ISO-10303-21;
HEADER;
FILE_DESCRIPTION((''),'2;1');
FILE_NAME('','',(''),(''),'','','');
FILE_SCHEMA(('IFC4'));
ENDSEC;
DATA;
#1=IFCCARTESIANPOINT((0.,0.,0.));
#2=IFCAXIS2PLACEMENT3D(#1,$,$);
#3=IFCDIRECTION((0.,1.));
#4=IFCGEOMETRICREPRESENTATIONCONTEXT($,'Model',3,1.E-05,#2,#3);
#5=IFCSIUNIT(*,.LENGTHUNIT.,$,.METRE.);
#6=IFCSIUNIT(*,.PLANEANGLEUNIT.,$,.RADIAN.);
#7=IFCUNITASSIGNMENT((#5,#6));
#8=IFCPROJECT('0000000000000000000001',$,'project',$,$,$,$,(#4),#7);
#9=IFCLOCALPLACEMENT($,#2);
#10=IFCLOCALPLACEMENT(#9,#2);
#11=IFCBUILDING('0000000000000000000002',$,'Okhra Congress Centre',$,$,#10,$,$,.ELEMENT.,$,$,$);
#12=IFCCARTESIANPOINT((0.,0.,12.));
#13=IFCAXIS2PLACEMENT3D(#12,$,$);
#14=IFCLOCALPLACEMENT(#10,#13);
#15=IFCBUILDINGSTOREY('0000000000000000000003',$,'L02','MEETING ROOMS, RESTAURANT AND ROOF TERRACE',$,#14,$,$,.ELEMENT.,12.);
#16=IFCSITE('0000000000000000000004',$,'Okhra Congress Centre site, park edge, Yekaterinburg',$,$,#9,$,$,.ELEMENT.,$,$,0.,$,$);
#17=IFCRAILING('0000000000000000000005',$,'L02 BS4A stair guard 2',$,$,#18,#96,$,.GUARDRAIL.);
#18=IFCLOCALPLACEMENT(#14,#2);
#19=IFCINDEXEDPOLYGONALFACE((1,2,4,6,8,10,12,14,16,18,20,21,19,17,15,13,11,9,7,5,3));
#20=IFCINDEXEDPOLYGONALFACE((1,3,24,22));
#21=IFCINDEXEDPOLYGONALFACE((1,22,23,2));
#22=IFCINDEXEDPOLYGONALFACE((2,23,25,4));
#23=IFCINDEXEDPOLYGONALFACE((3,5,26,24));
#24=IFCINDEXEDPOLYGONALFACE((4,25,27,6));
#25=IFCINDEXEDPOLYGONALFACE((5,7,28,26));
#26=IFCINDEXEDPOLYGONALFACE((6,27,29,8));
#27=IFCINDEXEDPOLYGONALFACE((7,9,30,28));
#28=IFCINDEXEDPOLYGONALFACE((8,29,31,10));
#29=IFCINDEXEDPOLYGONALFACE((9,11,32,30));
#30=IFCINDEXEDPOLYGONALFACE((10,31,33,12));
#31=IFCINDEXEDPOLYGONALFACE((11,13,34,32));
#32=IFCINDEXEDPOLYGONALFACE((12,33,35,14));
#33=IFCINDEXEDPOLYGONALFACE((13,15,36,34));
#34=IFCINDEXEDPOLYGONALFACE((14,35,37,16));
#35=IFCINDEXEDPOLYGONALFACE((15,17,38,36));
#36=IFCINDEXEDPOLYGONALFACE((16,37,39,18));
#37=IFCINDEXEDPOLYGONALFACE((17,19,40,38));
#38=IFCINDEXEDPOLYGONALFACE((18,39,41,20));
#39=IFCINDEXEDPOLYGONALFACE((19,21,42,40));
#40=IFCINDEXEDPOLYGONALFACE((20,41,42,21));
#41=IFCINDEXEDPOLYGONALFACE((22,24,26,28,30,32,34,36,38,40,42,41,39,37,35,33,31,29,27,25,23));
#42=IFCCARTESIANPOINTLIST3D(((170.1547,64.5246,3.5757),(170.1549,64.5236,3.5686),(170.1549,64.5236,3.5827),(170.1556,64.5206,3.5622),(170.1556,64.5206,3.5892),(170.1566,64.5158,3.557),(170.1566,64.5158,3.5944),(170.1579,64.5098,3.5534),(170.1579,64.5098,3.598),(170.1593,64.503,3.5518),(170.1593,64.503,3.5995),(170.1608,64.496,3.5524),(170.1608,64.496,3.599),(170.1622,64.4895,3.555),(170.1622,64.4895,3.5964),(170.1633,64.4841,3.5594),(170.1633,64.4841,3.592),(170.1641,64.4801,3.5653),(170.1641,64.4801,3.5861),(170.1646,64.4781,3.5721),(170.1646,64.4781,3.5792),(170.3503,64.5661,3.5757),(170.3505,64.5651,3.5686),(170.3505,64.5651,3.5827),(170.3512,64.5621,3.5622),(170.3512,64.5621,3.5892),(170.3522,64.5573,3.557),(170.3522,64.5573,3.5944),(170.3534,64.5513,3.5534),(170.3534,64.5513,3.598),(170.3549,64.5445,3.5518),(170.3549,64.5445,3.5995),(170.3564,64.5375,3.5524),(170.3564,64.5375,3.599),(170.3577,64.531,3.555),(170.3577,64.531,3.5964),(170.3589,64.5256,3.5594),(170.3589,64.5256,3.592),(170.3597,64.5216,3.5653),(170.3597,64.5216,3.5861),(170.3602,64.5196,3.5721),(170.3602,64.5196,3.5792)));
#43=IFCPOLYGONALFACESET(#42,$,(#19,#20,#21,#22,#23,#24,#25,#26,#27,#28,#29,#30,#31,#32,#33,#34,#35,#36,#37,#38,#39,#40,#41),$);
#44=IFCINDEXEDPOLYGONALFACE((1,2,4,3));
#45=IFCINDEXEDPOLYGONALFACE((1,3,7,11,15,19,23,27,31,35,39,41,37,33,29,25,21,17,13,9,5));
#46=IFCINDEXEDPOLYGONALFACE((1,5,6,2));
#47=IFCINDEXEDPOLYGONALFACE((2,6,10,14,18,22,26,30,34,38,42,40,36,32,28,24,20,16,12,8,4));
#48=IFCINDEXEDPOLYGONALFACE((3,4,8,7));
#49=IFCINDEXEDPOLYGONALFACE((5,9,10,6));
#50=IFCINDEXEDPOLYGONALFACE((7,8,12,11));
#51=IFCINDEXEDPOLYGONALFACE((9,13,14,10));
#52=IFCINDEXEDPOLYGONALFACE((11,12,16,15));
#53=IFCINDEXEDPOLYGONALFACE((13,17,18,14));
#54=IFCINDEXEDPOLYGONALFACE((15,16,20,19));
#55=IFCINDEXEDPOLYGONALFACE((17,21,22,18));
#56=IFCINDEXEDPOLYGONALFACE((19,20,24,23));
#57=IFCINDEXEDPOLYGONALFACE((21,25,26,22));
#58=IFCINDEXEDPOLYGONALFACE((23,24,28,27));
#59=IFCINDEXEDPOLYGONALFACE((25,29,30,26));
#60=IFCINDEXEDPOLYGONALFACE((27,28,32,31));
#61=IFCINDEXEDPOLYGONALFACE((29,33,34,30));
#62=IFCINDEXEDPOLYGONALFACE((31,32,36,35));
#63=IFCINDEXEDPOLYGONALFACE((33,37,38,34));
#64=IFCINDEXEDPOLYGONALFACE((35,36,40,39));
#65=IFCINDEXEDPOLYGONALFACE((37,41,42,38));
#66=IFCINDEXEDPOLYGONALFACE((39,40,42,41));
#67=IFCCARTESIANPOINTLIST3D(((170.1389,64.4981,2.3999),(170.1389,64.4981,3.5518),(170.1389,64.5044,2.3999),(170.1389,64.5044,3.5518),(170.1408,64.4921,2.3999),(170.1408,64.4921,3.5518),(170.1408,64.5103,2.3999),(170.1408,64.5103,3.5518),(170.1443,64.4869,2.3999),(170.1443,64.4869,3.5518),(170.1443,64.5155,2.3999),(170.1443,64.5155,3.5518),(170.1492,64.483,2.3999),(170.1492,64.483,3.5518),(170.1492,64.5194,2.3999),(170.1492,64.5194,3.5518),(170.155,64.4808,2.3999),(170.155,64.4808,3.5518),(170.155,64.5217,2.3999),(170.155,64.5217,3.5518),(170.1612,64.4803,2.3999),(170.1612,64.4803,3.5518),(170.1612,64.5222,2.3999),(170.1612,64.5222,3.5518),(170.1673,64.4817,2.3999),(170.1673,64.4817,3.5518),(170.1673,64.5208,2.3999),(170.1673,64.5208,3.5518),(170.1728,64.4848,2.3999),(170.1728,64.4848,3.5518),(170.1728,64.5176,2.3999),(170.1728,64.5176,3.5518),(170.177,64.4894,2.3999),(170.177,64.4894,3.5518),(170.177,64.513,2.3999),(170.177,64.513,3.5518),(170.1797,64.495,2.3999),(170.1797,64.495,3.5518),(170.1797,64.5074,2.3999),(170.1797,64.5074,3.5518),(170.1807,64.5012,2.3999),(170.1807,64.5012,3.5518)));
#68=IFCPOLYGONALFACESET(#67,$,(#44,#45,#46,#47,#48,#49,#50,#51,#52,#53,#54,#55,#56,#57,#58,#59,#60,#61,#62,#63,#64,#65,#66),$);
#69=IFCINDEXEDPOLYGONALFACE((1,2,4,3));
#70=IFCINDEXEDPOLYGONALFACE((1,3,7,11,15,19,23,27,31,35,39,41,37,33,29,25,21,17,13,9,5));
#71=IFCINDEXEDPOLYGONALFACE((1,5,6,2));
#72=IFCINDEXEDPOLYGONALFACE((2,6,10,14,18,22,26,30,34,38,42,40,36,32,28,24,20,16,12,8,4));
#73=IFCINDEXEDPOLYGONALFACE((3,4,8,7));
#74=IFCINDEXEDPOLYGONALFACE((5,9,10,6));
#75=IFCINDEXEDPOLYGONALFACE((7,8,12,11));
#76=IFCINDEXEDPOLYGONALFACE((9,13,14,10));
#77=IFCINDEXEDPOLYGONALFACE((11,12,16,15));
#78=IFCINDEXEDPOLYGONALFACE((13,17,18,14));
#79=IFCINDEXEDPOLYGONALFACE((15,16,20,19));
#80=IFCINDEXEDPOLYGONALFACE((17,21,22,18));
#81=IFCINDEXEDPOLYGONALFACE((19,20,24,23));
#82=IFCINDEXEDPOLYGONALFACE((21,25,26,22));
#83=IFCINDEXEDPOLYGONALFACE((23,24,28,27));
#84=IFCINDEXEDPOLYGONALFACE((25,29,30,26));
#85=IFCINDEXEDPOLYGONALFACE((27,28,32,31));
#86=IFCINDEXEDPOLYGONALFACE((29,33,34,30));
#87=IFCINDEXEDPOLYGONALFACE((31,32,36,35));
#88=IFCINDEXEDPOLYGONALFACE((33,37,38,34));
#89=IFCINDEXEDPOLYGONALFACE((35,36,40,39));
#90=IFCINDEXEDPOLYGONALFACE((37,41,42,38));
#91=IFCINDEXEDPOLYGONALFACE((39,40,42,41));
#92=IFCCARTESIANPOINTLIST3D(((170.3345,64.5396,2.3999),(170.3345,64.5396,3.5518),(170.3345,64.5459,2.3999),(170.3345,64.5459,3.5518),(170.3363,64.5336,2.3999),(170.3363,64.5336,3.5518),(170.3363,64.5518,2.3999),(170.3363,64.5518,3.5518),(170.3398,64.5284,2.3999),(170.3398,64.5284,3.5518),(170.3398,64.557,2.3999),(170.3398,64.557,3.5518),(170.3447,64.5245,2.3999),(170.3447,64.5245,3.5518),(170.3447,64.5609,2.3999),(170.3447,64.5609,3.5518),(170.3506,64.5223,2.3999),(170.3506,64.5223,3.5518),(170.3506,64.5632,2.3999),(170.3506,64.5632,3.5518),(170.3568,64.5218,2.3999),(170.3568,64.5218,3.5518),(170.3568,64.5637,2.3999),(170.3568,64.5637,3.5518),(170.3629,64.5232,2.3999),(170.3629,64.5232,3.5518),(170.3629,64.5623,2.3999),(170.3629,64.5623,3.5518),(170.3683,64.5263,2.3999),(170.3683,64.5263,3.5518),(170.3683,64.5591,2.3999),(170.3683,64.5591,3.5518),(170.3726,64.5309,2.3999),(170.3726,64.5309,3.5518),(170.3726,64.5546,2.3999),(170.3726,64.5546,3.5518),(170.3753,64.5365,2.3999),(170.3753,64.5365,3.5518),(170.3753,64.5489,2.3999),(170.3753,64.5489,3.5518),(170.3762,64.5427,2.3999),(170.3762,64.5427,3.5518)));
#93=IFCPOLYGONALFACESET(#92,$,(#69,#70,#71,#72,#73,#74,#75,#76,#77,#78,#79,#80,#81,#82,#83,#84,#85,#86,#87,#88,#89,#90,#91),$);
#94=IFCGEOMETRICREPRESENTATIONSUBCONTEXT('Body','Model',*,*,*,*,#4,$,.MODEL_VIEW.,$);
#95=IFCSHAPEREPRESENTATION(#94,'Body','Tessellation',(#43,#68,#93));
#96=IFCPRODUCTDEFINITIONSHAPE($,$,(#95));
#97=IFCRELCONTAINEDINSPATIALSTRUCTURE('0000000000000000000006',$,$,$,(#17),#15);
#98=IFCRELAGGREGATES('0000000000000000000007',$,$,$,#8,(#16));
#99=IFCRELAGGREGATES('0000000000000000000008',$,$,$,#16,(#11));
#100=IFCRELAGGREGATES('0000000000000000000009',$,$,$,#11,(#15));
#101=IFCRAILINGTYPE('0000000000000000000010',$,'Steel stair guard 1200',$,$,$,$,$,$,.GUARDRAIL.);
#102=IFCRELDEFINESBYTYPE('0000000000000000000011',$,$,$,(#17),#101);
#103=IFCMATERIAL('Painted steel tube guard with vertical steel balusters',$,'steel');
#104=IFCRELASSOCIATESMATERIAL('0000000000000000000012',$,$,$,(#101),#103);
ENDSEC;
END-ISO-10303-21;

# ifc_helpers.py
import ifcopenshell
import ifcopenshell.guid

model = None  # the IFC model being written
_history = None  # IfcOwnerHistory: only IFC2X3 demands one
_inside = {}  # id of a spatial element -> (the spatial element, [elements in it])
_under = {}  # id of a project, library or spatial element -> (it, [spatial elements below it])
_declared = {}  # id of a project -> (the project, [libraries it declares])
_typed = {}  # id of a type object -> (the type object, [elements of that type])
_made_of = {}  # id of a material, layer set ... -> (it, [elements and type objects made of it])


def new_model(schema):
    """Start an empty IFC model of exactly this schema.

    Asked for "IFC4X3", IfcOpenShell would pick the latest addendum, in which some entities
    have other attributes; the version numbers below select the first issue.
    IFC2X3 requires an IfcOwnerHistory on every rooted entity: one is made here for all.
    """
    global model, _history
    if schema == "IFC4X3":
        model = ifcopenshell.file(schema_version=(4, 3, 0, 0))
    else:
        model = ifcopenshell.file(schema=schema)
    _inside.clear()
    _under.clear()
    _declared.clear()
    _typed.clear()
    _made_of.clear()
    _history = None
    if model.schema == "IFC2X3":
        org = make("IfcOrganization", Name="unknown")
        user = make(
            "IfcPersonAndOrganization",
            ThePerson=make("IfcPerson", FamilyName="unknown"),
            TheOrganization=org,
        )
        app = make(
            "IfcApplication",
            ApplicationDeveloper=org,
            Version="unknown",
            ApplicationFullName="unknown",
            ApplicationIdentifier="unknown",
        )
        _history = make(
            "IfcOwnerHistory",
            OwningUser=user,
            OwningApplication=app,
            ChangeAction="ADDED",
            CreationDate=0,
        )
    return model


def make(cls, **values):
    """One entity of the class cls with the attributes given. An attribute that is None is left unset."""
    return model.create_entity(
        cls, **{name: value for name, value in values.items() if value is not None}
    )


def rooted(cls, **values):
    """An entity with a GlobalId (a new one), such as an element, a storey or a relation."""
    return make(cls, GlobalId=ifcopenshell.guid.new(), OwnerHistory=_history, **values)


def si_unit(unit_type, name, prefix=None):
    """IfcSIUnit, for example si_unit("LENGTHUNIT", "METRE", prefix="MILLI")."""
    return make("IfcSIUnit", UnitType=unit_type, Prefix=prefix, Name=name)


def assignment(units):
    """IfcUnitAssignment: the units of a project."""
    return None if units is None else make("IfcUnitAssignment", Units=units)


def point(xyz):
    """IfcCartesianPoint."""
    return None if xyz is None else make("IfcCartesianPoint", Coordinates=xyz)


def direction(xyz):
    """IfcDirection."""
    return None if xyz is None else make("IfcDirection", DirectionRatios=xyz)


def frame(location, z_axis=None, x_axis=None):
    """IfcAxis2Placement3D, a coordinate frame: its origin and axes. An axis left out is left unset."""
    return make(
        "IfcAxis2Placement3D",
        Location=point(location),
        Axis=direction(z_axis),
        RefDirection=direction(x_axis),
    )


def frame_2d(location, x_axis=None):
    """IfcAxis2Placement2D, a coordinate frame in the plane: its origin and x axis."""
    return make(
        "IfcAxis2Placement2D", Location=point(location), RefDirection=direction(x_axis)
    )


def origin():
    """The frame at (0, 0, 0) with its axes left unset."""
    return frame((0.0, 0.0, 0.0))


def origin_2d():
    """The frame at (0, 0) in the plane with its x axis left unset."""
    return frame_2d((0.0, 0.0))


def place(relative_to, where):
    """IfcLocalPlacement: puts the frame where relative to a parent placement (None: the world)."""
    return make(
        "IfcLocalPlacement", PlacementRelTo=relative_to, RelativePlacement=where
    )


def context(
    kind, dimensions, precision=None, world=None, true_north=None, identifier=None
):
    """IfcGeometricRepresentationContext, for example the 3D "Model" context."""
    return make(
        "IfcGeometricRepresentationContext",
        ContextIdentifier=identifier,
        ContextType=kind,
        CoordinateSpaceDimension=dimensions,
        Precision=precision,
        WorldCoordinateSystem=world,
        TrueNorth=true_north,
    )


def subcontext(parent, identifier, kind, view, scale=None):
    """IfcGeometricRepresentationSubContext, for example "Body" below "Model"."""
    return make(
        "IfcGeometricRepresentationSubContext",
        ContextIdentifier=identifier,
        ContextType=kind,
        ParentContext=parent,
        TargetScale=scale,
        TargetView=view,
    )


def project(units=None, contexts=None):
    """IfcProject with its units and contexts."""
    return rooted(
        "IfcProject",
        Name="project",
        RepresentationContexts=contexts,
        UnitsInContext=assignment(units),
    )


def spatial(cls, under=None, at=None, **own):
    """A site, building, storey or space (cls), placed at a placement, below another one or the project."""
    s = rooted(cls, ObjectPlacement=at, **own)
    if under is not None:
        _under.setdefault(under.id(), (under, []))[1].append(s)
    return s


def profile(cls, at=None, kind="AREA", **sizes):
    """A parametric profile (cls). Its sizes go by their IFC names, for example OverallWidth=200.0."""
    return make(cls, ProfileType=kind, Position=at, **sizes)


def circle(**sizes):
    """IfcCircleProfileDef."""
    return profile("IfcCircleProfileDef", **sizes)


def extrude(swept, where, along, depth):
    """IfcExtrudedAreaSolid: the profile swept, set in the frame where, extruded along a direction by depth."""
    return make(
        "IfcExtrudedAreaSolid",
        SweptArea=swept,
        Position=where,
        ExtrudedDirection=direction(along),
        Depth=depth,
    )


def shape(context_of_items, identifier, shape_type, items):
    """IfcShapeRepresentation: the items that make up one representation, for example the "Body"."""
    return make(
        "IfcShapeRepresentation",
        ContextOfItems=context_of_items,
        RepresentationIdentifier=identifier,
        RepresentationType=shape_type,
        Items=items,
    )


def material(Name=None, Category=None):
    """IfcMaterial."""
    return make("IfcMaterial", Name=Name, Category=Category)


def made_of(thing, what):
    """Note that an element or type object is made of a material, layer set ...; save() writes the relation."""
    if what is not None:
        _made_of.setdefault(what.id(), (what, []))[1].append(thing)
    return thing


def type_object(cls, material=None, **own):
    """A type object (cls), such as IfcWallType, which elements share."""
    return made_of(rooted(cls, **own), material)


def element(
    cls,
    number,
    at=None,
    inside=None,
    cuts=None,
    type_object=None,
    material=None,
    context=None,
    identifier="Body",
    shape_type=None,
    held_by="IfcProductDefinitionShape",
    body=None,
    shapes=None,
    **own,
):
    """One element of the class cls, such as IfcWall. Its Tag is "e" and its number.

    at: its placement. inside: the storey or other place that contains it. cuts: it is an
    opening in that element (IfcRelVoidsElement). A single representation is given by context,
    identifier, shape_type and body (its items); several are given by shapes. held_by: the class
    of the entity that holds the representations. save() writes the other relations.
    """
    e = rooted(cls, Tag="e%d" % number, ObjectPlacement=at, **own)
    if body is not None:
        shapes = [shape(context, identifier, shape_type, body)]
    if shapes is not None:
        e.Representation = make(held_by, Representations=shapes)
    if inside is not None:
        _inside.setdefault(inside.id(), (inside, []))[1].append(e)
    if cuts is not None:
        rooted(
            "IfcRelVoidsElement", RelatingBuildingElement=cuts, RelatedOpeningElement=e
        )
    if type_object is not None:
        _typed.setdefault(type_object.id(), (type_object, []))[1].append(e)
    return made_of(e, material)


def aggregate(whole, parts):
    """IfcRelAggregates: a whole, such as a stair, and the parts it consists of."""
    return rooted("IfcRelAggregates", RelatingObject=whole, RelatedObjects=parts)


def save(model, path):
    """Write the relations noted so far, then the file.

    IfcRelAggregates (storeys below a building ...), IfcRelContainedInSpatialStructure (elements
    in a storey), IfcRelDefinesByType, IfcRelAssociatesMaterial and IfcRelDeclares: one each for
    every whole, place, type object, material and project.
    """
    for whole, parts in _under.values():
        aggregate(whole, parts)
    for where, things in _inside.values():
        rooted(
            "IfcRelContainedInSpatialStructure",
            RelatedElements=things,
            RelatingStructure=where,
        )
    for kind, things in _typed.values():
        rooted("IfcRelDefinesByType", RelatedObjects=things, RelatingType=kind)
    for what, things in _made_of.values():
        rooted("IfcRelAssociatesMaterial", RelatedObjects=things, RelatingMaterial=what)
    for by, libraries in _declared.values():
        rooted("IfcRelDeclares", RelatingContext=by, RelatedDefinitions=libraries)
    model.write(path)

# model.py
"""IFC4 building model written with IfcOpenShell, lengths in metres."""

from ifc_helpers import new_model, si_unit, direction, frame, origin, origin_2d, place, context, subcontext, project, spatial, circle, extrude, material, type_object, element, save


model = new_model("IFC4")

# Units and contexts
model_context = context("Model", 3, precision=1e-05, world=origin(), true_north=direction((0.0, 1.0)))
body_context = subcontext(model_context, "Body", "Model", "MODEL_VIEW")
ifc_project = project(units=[si_unit("LENGTHUNIT", "METRE"), si_unit("PLANEANGLEUNIT", "RADIAN")], contexts=[model_context])

# Site, building, storey
site_placement = place(None, origin())
site = spatial("IfcSite", under=ifc_project, at=site_placement, Name="Okhra Congress Centre site, park edge, Yekaterinburg", CompositionType="ELEMENT", RefElevation=0.0)
building_placement = place(site_placement, origin())
building = spatial("IfcBuilding", under=site, at=building_placement, Name="Okhra Congress Centre", CompositionType="ELEMENT")
storey_placement = place(building_placement, frame((0.0, 0.0, 12.0)))
storey = spatial("IfcBuildingStorey", under=building, at=storey_placement, Name="L02", Description="MEETING ROOMS, RESTAURANT AND ROOF TERRACE", CompositionType="ELEMENT", Elevation=12.0)

# Railing
ifc_material_1 = material(Name="Painted steel tube guard with vertical steel balusters", Category="steel")
railing_type_1 = type_object("IfcRailingType", Name="Steel stair guard 1200", PredefinedType="GUARDRAIL", material=ifc_material_1)
railing_1_placement = place(storey_placement, frame((170.1597, 64.5012, 2.3999)))
element("IfcRailing", 1, at=railing_1_placement, inside=storey, type_object=railing_type_1, Name="L02 BS4A stair guard 2", PredefinedType="GUARDRAIL", context=body_context, shape_type="SweptSolid", body=[
    extrude(circle(Radius=0.0239, at=origin_2d()), frame((0.0, 0.0, 1.1758), z_axis=(0.978212, 0.20761, 0.0), x_axis=(-0.20761, 0.978212, 0.0)), (0.0, 0.0, 1.0), 0.2),
    extrude(circle(Radius=0.021, at=origin_2d()), origin(), (0.0, 0.0, 1.0), 1.1519),
    extrude(circle(Radius=0.021, at=origin_2d()), frame((0.1956, 0.0415, 0.0)), (0.0, 0.0, 1.0), 1.1519),
])

save(model, "model.ifc")
